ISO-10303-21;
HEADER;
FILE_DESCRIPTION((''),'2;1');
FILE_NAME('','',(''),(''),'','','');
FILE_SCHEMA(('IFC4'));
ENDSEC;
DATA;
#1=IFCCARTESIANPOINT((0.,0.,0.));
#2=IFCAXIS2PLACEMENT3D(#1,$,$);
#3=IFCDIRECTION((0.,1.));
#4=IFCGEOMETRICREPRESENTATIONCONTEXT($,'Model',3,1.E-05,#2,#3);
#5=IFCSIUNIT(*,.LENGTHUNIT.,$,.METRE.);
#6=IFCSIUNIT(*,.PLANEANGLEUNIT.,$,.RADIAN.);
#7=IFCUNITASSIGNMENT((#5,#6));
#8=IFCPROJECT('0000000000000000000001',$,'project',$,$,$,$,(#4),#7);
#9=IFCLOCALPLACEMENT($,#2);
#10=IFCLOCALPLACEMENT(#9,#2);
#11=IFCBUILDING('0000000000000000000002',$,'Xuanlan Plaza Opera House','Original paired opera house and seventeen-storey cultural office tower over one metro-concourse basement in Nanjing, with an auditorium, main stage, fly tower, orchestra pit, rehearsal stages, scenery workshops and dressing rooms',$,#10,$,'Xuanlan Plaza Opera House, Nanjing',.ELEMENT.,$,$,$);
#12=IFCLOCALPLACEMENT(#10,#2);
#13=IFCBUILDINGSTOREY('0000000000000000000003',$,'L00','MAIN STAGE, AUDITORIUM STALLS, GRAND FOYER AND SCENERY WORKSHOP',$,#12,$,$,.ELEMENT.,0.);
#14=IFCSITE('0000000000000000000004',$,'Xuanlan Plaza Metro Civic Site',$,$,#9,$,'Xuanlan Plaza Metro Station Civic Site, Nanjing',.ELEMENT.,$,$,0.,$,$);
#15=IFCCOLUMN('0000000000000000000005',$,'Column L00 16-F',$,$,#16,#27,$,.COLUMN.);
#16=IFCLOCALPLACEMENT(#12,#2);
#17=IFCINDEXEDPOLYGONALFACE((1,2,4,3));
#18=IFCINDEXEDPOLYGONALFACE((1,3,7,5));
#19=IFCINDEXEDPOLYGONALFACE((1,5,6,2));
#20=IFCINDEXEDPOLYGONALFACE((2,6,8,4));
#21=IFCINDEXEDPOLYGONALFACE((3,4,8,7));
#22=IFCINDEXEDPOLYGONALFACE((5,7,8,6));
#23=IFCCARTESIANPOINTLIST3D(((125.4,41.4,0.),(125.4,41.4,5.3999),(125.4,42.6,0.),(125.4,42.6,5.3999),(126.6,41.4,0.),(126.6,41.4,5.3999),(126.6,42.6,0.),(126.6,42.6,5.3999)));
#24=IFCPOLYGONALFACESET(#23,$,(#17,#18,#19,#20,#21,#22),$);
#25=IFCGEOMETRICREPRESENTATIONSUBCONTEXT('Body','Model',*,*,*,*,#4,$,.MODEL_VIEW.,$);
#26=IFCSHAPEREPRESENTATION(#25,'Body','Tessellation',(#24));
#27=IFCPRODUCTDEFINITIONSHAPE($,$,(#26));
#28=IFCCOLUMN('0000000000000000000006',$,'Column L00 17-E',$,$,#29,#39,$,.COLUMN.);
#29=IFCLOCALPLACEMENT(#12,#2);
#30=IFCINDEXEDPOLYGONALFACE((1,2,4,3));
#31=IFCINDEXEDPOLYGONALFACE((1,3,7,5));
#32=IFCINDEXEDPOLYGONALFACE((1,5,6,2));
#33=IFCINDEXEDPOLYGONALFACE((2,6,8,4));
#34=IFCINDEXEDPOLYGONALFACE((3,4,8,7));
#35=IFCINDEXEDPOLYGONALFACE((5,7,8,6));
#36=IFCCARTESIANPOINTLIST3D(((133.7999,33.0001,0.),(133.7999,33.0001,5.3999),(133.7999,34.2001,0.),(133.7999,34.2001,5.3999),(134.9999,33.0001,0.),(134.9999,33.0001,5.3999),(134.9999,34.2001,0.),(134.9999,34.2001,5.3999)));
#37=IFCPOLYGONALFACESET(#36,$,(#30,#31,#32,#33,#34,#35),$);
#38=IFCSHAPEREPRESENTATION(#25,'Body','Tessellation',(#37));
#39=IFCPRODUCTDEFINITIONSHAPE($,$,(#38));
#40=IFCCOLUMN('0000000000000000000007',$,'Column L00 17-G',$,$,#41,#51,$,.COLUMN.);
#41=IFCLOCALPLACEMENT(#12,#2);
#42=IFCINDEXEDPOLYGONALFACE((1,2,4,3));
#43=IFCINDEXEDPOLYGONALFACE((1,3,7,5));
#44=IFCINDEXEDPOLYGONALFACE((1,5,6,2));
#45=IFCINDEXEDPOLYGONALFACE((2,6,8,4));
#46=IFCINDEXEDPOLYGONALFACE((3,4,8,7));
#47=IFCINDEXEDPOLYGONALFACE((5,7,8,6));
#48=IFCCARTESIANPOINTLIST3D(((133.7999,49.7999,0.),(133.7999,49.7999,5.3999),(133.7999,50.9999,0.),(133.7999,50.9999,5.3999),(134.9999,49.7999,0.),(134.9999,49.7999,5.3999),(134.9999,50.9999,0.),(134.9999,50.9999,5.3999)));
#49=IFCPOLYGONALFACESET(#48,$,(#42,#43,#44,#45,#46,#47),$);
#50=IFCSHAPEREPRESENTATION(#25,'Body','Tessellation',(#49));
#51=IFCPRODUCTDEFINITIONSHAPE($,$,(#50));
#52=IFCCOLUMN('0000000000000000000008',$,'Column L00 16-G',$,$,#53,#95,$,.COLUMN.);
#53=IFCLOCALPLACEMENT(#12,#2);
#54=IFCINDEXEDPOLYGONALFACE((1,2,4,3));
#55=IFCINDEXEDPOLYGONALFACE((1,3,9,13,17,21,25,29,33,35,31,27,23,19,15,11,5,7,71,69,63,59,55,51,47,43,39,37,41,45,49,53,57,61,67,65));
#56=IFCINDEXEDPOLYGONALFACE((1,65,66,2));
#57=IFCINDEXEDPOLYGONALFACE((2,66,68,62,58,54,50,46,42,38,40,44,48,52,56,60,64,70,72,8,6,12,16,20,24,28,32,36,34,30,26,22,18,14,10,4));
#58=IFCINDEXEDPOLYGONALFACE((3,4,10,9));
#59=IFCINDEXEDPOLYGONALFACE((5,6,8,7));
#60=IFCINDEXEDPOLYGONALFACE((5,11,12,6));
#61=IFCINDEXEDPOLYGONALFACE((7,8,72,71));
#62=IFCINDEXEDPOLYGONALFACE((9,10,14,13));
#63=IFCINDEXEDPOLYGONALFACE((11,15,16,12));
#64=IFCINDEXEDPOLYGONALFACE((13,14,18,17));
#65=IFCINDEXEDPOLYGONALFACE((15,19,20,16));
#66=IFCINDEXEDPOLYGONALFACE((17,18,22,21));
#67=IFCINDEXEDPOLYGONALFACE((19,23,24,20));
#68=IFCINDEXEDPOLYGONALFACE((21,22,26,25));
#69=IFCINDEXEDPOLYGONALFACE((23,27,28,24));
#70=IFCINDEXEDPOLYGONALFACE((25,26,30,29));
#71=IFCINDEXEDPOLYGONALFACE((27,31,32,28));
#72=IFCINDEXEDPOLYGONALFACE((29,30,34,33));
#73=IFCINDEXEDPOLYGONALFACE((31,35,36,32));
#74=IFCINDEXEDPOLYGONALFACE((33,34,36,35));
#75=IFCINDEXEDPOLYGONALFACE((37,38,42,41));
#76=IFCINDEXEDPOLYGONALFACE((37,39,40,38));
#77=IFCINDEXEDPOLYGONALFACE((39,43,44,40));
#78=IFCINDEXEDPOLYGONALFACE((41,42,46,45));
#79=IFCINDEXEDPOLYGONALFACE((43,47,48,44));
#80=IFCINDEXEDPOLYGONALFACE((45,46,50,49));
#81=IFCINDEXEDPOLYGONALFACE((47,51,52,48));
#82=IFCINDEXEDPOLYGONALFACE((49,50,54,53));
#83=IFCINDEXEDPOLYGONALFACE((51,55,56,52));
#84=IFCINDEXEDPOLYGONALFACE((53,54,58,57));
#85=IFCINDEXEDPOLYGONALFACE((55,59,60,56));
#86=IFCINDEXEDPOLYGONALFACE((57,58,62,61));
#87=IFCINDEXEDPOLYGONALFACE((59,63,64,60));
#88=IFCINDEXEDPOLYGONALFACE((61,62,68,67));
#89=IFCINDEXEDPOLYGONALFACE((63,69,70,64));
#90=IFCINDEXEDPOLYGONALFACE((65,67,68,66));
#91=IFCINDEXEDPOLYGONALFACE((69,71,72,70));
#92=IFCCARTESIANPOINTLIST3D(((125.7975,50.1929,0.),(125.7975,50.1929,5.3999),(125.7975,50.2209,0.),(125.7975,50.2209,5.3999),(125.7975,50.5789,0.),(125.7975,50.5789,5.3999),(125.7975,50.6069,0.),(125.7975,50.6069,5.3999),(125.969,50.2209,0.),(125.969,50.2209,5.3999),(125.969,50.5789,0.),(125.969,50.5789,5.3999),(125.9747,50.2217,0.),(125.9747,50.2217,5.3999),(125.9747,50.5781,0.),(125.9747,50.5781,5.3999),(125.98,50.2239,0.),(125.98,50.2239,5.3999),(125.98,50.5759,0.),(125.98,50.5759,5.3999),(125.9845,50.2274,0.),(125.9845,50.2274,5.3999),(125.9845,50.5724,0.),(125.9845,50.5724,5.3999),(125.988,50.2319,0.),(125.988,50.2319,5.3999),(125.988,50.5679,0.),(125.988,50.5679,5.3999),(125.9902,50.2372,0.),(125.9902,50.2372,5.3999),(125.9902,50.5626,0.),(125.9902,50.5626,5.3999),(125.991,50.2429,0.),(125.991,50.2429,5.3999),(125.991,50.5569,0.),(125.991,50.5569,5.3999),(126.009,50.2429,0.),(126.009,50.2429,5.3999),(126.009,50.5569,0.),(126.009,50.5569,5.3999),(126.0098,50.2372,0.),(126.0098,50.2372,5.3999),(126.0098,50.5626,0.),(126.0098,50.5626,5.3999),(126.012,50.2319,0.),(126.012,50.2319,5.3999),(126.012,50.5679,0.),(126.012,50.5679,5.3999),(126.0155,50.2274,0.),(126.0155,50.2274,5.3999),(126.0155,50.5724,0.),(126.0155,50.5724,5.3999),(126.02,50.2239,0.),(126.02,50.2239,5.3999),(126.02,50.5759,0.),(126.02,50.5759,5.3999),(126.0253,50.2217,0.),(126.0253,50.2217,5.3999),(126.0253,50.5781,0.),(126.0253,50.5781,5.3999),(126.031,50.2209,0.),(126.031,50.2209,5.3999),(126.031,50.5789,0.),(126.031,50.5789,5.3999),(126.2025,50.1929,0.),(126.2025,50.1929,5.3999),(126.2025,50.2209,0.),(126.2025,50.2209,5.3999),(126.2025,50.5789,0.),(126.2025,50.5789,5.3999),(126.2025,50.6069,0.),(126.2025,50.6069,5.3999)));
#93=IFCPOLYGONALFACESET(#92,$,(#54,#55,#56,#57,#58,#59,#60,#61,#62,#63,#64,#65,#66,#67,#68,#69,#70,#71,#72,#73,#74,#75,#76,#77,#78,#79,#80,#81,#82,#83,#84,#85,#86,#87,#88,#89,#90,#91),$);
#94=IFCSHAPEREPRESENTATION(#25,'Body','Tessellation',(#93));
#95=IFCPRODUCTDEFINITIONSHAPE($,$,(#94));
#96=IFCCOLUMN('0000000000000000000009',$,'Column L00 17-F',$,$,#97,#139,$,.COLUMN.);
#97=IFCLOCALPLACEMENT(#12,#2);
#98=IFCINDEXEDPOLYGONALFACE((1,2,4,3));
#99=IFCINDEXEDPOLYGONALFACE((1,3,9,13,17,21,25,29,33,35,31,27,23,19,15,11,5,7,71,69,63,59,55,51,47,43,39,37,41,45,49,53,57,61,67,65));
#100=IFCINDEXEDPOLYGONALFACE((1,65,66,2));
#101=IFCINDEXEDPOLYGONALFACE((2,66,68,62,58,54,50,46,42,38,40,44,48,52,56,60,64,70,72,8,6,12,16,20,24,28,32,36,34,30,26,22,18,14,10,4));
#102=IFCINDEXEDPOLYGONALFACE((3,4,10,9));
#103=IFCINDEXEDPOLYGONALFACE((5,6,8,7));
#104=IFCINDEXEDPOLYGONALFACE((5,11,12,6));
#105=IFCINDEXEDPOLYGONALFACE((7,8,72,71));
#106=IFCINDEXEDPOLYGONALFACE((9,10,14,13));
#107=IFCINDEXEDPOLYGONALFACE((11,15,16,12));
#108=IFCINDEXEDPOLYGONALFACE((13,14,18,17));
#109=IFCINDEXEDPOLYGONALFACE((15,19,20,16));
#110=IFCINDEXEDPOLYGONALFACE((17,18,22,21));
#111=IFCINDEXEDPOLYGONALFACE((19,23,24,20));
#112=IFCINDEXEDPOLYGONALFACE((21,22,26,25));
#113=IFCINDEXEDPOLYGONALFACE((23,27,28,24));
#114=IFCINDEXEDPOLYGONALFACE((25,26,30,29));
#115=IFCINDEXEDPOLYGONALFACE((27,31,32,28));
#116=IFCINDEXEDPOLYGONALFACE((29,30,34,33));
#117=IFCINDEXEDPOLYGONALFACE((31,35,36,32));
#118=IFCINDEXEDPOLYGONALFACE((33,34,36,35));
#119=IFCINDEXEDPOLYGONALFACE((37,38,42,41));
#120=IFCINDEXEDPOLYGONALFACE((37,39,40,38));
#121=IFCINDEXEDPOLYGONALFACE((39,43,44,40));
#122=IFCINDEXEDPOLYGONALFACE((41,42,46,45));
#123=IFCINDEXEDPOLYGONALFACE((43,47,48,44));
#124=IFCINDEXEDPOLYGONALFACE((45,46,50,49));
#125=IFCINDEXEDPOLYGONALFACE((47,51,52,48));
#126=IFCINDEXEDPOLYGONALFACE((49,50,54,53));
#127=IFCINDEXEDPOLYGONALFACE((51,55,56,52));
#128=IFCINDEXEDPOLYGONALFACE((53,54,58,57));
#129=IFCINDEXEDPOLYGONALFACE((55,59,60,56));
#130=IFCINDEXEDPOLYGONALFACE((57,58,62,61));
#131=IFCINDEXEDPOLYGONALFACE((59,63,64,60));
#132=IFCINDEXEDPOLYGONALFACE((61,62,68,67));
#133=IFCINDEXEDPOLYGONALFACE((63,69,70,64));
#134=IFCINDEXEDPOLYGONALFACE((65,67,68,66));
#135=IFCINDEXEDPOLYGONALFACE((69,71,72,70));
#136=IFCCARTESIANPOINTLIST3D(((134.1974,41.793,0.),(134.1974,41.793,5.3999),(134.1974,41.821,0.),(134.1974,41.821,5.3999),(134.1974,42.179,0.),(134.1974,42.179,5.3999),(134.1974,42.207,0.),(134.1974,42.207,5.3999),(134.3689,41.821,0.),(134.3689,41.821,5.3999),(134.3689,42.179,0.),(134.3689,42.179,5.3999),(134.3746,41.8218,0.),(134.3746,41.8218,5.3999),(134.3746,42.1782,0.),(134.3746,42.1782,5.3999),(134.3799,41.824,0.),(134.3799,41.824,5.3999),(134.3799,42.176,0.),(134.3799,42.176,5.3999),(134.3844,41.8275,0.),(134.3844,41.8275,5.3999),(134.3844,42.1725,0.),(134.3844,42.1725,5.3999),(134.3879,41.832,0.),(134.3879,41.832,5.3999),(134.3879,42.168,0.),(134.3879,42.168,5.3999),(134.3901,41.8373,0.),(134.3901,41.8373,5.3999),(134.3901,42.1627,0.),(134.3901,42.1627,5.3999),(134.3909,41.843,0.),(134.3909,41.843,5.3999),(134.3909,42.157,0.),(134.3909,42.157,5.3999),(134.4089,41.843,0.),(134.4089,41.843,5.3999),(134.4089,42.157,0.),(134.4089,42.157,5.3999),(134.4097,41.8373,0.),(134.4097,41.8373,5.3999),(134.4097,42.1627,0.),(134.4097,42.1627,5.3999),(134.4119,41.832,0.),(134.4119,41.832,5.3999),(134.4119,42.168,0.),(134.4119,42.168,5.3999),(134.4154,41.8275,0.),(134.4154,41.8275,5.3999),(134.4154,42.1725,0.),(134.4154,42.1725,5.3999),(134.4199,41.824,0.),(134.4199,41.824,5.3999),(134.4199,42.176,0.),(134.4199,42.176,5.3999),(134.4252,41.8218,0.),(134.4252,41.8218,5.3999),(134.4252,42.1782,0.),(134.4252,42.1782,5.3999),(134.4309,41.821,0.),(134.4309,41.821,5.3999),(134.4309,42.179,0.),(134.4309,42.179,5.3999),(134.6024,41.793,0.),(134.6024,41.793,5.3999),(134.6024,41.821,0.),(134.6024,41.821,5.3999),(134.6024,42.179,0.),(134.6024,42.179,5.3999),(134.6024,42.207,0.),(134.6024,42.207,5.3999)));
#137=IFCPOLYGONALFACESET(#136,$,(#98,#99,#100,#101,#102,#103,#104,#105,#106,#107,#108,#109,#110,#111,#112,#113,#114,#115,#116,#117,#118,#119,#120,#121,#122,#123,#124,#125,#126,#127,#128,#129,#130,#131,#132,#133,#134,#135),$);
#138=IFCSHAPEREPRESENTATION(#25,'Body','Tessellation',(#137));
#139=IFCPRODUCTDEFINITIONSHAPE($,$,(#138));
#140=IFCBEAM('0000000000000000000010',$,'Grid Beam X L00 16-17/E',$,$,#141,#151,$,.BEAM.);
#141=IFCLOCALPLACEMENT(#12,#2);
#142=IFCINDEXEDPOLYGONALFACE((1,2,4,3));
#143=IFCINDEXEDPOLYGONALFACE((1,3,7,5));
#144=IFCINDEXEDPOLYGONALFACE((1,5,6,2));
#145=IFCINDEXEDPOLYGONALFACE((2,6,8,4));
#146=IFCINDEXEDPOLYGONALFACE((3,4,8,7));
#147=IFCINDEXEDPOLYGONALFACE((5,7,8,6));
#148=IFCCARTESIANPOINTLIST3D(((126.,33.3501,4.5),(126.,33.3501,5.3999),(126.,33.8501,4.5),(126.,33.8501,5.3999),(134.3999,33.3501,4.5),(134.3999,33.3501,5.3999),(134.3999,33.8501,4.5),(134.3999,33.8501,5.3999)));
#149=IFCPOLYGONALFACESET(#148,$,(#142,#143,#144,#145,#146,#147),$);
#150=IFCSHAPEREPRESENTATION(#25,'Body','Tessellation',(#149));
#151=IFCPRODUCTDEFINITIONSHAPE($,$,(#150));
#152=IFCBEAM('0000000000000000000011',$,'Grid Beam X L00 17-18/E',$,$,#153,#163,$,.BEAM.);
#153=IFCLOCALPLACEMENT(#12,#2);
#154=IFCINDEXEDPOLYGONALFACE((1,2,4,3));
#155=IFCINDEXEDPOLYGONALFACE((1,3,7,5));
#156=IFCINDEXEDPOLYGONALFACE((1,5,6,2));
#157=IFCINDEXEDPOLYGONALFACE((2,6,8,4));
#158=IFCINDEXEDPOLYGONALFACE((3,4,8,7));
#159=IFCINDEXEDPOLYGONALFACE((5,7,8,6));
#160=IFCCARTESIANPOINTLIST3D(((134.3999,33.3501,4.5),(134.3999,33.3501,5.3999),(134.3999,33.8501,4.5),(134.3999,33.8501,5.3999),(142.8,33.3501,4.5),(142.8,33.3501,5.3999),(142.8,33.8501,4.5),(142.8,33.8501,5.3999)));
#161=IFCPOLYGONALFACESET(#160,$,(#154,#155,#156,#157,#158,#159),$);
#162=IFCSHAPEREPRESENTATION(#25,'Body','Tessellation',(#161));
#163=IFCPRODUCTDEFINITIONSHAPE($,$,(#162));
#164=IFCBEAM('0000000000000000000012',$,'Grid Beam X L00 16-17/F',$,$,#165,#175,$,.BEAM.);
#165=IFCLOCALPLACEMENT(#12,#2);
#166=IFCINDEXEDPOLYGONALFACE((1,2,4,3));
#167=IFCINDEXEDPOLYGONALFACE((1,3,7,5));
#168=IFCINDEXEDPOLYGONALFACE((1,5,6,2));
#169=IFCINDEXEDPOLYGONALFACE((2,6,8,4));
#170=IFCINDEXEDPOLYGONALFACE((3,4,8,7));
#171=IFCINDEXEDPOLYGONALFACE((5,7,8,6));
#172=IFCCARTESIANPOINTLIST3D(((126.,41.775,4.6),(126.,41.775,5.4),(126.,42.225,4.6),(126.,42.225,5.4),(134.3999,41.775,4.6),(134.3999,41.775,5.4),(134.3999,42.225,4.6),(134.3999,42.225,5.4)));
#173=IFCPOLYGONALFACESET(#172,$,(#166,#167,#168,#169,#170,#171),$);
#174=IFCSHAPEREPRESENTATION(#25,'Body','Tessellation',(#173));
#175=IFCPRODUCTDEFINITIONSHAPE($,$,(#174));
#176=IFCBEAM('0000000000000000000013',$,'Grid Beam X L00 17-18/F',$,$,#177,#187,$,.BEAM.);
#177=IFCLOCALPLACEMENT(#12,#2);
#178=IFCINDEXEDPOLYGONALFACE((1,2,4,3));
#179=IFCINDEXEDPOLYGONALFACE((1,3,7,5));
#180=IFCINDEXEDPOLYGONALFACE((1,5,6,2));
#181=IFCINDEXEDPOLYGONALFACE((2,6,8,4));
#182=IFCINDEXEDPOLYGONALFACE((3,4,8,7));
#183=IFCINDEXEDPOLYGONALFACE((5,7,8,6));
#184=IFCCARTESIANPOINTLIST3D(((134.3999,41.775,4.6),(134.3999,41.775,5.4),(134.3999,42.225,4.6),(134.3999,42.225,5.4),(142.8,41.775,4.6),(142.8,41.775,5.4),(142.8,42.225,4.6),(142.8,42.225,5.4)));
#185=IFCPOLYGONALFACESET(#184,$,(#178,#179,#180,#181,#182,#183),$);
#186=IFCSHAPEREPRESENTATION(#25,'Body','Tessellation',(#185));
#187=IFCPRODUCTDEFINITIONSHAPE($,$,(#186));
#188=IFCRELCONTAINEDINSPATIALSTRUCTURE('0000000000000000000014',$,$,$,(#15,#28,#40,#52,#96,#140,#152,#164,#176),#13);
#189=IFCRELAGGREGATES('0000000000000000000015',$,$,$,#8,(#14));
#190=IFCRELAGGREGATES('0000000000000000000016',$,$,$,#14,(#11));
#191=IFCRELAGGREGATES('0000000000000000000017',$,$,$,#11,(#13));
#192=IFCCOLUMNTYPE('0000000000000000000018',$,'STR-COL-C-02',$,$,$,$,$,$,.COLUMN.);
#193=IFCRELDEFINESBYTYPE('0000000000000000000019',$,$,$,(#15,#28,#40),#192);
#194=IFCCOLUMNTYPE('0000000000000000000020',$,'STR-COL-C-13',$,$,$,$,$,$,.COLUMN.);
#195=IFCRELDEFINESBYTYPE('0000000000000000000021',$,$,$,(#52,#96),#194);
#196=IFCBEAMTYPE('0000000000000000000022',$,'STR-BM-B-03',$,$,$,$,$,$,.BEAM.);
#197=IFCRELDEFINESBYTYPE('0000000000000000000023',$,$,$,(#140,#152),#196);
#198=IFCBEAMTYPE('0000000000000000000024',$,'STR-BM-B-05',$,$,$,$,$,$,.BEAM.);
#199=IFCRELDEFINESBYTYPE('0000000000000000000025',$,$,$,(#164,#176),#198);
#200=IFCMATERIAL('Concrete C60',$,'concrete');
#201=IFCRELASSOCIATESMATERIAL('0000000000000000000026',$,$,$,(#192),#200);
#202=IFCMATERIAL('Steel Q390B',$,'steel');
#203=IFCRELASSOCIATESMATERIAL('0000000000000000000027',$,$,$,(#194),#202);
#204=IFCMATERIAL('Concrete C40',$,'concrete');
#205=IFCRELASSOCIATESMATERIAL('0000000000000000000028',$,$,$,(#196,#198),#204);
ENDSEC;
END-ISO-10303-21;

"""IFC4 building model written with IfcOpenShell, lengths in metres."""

from ifc_helpers import new_model, si_unit, direction, frame, origin, origin_2d, place, context, subcontext, project, spatial, rectangle, i_section, extrude, material, material_profile, profile_set, type_object, element, save


model = new_model("IFC4")

# Units and contexts
model_context = context("Model", 3, precision=1e-05, world=origin(), true_north=direction((0.0, 1.0)))
body_context = subcontext(model_context, "Body", "Model", "MODEL_VIEW")
ifc_project = project(units=[si_unit("LENGTHUNIT", "METRE"), si_unit("PLANEANGLEUNIT", "RADIAN")], contexts=[model_context])

# Site, building, storey
site_placement = place(None, origin())
site = spatial("IfcSite", under=ifc_project, at=site_placement, Name="Xuanlan Plaza Metro Civic Site", LongName="Xuanlan Plaza Metro Station Civic Site, Nanjing", CompositionType="ELEMENT", RefElevation=0.0)
building_placement = place(site_placement, origin())
building = spatial("IfcBuilding", under=site, at=building_placement, Name="Xuanlan Plaza Opera House", Description="Original paired opera house and seventeen-storey cultural office tower over one metro-concourse basement in Nanjing, with an auditorium, main stage, fly tower, orchestra pit, rehearsal stages, scenery workshops and dressing rooms", LongName="Xuanlan Plaza Opera House, Nanjing", CompositionType="ELEMENT")
storey_placement = place(building_placement, origin())
storey = spatial("IfcBuildingStorey", under=building, at=storey_placement, Name="L00", Description="MAIN STAGE, AUDITORIUM STALLS, GRAND FOYER AND SCENERY WORKSHOP", CompositionType="ELEMENT", Elevation=0.0)

# Columns
ifc_material_1 = material(Name="Concrete C60", Category="concrete")
ifc_material_profile_1 = material_profile(ifc_material_1, rectangle(XDim=1.2, YDim=1.2, at=origin_2d()), Name="RC-COL 1200x1200")
ifc_profile_set_1 = profile_set([ifc_material_profile_1], Name="Concrete C60")
column_type_1 = type_object("IfcColumnType", Name="STR-COL-C-02", PredefinedType="COLUMN", material=ifc_profile_set_1)
for number, where, z_axis, x_axis, name in (
    (1, (126.0, 42.0, 0.0), (0.0, 0.0, 1.0), (1.0, 0.0, 0.0), "Column L00 16-F"),
    (2, (134.3999, 33.6001, 0.0), (0.0, 0.0, 1.0), (1.0, 0.0, 0.0), "Column L00 17-E"),
    (3, (134.3999, 50.3999, 0.0), (0.0, 0.0, 1.0), (1.0, 0.0, 0.0), "Column L00 17-G"),
):
    element("IfcColumn", number, at=place(storey_placement, frame(where, z_axis=z_axis, x_axis=x_axis)), inside=storey, type_object=column_type_1, Name=name, PredefinedType="COLUMN", context=body_context, shape_type="SweptSolid", body=[
        extrude(rectangle(XDim=1.2, YDim=1.2, at=origin_2d()), origin(), (0.0, 0.0, 1.0), 5.3999),
    ])
ifc_material_2 = material(Name="Steel Q390B", Category="steel")
ifc_material_profile_2 = material_profile(ifc_material_2, i_section(OverallWidth=0.405, OverallDepth=0.4141, WebThickness=0.0181, FlangeThickness=0.0281, FilletRadius=0.022, at=origin_2d()), Name="HW 414x405x18x28")
ifc_profile_set_2 = profile_set([ifc_material_profile_2], Name="Steel Q390B")
column_type_2 = type_object("IfcColumnType", Name="STR-COL-C-13", PredefinedType="COLUMN", material=ifc_profile_set_2)
for number, where, z_axis, x_axis, name in (
    (4, (126.0, 50.3999, 0.0), (0.0, 0.0, 1.0), (1.0, 0.0, 0.0), "Column L00 16-G"),
    (5, (134.3999, 42.0, 0.0), (0.0, 0.0, 1.0), (1.0, 0.0, 0.0), "Column L00 17-F"),
):
    element("IfcColumn", number, at=place(storey_placement, frame(where, z_axis=z_axis, x_axis=x_axis)), inside=storey, type_object=column_type_2, Name=name, PredefinedType="COLUMN", context=body_context, shape_type="SweptSolid", body=[
        extrude(i_section(OverallWidth=0.405, OverallDepth=0.4141, WebThickness=0.0181, FlangeThickness=0.0281, FilletRadius=0.022, at=origin_2d()), origin(), (0.0, 0.0, 1.0), 5.3999),
    ])

# Beams
ifc_material_3 = material(Name="Concrete C40", Category="concrete")
ifc_material_profile_3 = material_profile(ifc_material_3, rectangle(XDim=0.5, YDim=0.8999, at=origin_2d()), Name="RC-BM 500x900")
ifc_profile_set_3 = profile_set([ifc_material_profile_3], Name="Concrete C40")
beam_type_1 = type_object("IfcBeamType", Name="STR-BM-B-03", PredefinedType="BEAM", material=ifc_profile_set_3)
beam_1_placement = place(storey_placement, frame((126.0, 33.6001, 4.95), z_axis=(1.0, 0.0, 0.0), x_axis=(0.0, 1.0, 0.0)))
element("IfcBeam", 6, at=beam_1_placement, inside=storey, type_object=beam_type_1, Name="Grid Beam X L00 16-17/E", PredefinedType="BEAM", context=body_context, shape_type="SweptSolid", body=[
    extrude(rectangle(XDim=0.5, YDim=0.8999, at=origin_2d()), origin(), (0.0, 0.0, 1.0), 8.3999),
])
beam_2_placement = place(storey_placement, frame((134.3999, 33.6001, 4.95), z_axis=(1.0, 0.0, 0.0), x_axis=(0.0, 1.0, 0.0)))
element("IfcBeam", 7, at=beam_2_placement, inside=storey, type_object=beam_type_1, Name="Grid Beam X L00 17-18/E", PredefinedType="BEAM", context=body_context, shape_type="SweptSolid", body=[
    extrude(rectangle(XDim=0.5, YDim=0.8999, at=origin_2d()), origin(), (0.0, 0.0, 1.0), 8.4001),
])
ifc_material_profile_4 = material_profile(ifc_material_3, rectangle(XDim=0.45, YDim=0.8, at=origin_2d()), Name="RC-BM 450x800")
ifc_profile_set_4 = profile_set([ifc_material_profile_4], Name="Concrete C40")
beam_type_2 = type_object("IfcBeamType", Name="STR-BM-B-05", PredefinedType="BEAM", material=ifc_profile_set_4)
beam_3_placement = place(storey_placement, frame((126.0, 42.0, 5.0), z_axis=(1.0, 0.0, 0.0), x_axis=(0.0, 1.0, 0.0)))
element("IfcBeam", 8, at=beam_3_placement, inside=storey, type_object=beam_type_2, Name="Grid Beam X L00 16-17/F", PredefinedType="BEAM", context=body_context, shape_type="SweptSolid", body=[
    extrude(rectangle(XDim=0.45, YDim=0.8, at=origin_2d()), origin(), (0.0, 0.0, 1.0), 8.3999),
])
beam_4_placement = place(storey_placement, frame((134.3999, 42.0, 5.0), z_axis=(1.0, 0.0, 0.0), x_axis=(0.0, 1.0, 0.0)))
element("IfcBeam", 9, at=beam_4_placement, inside=storey, type_object=beam_type_2, Name="Grid Beam X L00 17-18/F", PredefinedType="BEAM", context=body_context, shape_type="SweptSolid", body=[
    extrude(rectangle(XDim=0.45, YDim=0.8, at=origin_2d()), origin(), (0.0, 0.0, 1.0), 8.4001),
])

save(model, "model.ifc")
